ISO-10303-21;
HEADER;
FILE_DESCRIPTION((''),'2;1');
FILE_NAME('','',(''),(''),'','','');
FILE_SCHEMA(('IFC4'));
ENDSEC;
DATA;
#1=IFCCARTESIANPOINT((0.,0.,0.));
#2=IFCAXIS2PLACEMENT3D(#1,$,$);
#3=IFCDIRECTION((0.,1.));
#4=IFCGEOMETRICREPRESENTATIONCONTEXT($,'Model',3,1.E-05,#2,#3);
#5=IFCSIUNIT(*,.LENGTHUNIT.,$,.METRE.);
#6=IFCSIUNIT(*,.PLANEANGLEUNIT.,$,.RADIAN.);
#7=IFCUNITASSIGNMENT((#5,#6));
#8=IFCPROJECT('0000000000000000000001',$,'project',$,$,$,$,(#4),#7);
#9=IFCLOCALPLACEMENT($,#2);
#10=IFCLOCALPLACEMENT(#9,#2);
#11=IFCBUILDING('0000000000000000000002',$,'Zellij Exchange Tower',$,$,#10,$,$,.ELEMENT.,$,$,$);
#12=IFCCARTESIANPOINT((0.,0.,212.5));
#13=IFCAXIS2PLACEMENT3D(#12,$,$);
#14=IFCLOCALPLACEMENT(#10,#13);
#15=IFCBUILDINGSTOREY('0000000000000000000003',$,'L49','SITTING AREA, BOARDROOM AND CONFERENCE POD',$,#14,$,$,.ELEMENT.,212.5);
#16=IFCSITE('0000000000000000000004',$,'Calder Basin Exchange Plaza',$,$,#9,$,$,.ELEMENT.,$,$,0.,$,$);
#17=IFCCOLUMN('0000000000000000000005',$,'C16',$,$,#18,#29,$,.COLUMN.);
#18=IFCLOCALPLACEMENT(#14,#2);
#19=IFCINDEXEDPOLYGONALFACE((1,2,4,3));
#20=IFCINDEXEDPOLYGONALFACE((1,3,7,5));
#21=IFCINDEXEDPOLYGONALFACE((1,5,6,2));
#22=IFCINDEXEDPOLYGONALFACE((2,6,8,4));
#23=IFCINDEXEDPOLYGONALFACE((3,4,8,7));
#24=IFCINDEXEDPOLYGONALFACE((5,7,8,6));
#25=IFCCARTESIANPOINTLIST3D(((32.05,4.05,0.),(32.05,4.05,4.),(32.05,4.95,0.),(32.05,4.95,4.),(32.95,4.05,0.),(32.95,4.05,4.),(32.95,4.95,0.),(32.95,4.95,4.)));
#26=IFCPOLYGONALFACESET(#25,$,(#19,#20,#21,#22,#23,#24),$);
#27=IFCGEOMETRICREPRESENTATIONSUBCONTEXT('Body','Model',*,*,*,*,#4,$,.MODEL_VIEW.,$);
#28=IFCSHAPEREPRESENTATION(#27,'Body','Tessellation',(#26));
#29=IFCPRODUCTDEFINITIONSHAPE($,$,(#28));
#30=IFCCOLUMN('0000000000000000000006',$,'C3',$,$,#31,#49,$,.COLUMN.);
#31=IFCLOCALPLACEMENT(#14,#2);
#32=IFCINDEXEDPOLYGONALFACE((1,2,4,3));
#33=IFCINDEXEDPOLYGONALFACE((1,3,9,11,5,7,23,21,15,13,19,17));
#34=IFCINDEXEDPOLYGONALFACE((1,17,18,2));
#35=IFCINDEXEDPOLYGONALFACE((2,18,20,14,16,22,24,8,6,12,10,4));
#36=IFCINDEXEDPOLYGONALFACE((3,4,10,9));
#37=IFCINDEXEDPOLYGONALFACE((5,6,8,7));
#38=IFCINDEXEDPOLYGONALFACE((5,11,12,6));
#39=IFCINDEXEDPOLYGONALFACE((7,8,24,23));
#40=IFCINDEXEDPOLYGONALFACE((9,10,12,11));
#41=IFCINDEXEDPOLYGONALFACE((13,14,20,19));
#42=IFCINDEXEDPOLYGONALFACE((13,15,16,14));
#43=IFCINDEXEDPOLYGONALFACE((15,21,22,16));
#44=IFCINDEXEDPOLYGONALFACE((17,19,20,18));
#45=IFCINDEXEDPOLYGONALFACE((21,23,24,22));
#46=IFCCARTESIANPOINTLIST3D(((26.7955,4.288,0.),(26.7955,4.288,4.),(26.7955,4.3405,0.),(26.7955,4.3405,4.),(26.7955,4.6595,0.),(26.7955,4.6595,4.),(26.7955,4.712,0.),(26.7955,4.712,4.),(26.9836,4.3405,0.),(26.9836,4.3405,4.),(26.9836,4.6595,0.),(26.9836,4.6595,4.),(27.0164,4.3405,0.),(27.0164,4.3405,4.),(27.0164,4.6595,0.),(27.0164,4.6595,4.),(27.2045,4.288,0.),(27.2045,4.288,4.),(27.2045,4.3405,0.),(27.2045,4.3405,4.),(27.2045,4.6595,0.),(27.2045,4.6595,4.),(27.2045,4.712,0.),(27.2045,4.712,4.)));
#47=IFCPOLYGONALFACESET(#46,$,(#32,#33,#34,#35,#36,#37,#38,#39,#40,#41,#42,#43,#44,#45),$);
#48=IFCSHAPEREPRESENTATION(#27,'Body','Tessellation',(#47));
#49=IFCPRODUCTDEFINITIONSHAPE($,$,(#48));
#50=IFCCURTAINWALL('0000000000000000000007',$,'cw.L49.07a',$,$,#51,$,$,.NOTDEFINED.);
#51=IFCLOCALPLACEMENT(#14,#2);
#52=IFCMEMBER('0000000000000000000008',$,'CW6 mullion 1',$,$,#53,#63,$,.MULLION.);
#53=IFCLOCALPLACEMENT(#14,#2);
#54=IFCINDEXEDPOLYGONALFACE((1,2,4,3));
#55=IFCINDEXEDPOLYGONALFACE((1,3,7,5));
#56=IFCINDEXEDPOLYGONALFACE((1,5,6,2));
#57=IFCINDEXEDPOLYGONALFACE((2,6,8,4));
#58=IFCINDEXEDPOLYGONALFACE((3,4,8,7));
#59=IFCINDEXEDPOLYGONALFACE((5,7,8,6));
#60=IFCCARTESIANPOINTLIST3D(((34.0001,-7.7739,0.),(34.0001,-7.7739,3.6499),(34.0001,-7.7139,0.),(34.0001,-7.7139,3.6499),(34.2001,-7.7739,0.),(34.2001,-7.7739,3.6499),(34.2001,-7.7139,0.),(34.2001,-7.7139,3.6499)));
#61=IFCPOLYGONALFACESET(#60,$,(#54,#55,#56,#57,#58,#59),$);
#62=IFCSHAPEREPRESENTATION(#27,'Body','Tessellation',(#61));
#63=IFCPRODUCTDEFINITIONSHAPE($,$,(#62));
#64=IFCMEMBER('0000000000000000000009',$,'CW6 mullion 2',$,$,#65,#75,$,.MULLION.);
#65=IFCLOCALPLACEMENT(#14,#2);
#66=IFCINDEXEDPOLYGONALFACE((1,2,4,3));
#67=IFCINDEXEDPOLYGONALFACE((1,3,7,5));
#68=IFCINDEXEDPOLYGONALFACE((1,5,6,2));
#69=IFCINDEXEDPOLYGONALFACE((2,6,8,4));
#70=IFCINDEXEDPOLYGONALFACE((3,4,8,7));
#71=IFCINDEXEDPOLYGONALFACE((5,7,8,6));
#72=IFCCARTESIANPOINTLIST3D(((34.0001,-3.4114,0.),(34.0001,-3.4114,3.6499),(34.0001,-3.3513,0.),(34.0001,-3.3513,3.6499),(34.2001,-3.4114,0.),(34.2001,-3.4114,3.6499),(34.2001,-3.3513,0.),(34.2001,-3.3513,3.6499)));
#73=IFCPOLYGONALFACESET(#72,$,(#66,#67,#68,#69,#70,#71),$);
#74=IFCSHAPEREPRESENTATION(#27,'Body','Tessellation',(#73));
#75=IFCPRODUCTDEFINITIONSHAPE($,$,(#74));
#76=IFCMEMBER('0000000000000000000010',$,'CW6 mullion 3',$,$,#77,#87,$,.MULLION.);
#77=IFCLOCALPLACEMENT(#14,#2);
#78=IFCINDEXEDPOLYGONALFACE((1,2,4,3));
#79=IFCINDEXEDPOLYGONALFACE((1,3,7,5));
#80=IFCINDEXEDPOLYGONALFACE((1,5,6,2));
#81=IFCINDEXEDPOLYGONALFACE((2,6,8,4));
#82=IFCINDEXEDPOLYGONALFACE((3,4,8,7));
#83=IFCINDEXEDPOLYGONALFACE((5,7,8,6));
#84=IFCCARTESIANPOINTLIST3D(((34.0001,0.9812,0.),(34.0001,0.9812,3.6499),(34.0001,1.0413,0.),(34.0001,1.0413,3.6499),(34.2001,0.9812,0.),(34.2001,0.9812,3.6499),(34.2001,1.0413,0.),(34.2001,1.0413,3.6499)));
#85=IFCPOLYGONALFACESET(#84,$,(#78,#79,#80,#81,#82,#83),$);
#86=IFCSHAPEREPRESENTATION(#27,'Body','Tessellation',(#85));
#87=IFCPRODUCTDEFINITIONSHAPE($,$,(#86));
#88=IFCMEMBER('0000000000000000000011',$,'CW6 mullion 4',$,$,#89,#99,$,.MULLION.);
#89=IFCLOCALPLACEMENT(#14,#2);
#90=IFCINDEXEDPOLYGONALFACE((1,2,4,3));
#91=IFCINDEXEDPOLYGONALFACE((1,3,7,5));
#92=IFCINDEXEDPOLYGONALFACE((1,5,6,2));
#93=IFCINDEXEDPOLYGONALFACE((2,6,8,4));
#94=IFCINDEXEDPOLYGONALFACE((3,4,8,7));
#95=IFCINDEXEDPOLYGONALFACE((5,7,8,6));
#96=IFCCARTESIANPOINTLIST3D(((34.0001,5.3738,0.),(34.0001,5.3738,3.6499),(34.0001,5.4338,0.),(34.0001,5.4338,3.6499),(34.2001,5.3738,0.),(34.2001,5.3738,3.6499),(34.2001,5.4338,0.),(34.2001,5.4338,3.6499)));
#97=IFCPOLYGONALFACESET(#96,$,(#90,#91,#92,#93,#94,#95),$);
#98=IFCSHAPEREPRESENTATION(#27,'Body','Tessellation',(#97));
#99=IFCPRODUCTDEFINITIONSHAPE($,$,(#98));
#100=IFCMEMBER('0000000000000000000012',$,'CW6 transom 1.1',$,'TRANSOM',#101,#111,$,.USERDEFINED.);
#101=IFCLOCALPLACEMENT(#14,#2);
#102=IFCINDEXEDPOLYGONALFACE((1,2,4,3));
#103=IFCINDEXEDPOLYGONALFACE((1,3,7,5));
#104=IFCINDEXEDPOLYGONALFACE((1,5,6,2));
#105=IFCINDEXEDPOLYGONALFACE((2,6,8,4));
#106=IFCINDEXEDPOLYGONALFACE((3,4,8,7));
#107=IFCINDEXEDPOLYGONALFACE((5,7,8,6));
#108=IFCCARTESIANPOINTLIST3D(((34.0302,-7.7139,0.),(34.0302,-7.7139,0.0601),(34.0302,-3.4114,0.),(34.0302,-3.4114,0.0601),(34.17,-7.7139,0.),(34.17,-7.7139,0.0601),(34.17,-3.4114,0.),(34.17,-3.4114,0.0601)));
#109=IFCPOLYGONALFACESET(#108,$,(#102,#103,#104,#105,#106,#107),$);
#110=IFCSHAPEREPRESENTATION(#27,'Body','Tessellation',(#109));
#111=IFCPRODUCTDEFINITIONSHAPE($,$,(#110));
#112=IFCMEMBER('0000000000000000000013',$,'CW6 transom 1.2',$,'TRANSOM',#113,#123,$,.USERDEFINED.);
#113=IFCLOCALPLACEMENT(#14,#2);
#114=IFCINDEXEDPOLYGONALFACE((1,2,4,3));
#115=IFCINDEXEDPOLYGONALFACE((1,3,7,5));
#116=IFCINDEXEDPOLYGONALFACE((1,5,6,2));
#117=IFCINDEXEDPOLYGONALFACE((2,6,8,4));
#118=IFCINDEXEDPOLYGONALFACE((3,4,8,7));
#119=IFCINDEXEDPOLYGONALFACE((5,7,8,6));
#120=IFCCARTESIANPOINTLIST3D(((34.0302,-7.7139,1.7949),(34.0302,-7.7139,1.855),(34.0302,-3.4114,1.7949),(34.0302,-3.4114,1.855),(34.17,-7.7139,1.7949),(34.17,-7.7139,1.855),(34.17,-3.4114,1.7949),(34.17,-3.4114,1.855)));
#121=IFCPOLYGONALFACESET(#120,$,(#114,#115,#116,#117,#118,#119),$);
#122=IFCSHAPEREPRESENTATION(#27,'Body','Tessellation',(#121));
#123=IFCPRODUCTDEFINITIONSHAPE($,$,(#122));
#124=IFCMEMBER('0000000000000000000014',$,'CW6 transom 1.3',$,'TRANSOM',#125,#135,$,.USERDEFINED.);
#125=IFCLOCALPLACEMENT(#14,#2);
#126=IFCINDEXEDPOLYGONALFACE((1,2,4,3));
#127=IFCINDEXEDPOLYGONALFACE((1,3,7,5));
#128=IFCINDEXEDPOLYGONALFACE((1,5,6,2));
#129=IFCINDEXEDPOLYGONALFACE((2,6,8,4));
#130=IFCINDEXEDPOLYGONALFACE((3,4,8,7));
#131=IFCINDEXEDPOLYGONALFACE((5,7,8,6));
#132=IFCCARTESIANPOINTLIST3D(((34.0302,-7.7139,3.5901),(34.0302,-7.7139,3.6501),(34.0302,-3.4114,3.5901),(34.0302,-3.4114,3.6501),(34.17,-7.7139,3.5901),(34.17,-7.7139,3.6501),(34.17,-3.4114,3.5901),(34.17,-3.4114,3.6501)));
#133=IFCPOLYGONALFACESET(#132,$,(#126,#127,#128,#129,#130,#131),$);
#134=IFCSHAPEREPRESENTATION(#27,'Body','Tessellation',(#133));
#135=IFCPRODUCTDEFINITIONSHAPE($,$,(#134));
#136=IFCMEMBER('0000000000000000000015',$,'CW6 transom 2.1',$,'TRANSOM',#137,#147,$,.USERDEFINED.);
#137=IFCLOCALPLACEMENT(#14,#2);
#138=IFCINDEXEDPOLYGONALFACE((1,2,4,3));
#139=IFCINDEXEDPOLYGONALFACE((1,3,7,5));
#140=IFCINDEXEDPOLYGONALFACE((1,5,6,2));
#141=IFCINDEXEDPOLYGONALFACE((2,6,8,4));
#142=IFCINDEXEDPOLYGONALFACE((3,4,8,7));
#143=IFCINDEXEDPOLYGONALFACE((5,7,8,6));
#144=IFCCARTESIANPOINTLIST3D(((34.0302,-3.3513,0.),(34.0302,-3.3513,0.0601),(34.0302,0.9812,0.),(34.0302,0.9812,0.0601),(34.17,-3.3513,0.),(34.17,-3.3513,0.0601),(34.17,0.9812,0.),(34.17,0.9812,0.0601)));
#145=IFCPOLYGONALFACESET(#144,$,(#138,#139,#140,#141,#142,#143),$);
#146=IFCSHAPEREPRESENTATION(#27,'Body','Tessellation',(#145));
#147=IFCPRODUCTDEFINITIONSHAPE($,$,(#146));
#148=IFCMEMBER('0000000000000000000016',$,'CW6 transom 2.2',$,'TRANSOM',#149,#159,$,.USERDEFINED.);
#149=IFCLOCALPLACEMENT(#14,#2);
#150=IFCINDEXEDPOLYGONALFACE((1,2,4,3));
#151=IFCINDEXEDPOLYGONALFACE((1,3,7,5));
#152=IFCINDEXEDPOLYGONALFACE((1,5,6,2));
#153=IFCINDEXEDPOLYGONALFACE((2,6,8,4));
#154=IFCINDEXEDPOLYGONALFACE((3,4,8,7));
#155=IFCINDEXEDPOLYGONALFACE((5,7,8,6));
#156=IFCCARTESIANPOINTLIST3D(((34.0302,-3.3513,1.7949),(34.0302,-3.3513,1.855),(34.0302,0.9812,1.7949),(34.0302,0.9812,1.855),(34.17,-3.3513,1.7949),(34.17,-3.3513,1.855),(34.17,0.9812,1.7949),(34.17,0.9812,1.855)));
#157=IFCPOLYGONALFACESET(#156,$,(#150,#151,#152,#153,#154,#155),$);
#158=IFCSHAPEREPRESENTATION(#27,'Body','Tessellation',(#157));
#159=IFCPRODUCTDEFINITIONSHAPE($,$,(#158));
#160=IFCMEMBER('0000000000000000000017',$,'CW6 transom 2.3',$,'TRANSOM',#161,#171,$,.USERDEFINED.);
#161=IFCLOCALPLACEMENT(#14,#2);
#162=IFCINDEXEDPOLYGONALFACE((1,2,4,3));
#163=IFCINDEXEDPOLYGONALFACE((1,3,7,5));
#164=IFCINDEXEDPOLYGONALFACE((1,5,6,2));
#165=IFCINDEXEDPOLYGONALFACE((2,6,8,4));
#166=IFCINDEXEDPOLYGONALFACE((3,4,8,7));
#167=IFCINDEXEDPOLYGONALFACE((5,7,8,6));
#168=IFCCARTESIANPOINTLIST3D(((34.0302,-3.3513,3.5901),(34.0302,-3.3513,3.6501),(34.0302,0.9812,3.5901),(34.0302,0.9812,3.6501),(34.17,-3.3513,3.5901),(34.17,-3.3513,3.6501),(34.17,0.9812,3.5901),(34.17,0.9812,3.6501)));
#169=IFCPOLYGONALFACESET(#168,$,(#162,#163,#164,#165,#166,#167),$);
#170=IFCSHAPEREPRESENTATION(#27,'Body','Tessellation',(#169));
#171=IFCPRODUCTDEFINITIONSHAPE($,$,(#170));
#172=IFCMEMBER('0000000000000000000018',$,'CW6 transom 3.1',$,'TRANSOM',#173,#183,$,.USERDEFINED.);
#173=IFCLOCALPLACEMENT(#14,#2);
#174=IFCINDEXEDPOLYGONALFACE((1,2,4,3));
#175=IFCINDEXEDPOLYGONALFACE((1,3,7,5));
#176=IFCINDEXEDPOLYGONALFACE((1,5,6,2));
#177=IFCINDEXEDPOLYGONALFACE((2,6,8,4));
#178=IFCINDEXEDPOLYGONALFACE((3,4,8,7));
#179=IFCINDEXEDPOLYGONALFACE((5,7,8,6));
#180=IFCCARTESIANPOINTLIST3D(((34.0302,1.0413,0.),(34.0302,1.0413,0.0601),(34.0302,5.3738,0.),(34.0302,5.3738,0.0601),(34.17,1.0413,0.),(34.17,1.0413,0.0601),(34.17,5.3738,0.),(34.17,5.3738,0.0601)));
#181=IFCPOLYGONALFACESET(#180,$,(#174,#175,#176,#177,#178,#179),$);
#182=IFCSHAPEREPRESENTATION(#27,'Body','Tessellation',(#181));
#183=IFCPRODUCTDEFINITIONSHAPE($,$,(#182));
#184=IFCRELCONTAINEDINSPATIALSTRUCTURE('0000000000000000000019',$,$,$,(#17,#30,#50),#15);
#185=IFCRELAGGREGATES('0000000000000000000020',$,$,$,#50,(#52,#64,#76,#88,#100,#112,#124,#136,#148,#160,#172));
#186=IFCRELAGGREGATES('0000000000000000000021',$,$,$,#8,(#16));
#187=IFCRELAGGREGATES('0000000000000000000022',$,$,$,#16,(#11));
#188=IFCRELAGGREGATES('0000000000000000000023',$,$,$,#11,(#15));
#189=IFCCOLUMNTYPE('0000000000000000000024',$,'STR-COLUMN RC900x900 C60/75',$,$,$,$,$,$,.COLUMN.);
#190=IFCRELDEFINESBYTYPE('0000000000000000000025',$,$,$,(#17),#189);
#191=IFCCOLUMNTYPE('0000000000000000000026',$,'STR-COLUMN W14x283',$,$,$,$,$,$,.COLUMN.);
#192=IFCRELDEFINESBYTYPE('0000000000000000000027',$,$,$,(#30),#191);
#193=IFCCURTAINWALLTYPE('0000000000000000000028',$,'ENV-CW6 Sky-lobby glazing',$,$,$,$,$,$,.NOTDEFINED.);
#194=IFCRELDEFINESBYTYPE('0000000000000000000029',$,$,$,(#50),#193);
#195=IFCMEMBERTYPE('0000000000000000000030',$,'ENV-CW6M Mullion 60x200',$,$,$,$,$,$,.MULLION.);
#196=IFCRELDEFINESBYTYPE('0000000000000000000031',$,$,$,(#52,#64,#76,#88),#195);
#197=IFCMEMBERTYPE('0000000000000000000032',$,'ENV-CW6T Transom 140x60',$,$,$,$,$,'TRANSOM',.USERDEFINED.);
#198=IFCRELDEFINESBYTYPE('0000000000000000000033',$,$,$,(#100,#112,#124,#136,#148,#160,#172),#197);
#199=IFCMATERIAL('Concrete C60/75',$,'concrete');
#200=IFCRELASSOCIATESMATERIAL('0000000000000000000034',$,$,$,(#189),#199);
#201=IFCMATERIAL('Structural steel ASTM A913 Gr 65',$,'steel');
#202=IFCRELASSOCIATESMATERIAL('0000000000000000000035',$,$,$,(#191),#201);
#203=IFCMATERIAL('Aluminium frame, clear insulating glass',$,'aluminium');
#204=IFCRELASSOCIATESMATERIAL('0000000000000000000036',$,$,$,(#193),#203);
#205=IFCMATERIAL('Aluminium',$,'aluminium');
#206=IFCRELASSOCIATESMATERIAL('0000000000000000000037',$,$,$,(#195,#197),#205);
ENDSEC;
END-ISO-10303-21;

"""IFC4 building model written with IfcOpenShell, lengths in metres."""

from ifc_helpers import new_model, si_unit, direction, frame, origin, origin_2d, place, context, subcontext, project, spatial, rectangle, i_section, extrude, material, material_profile, profile_set, type_object, element, aggregate, save


model = new_model("IFC4")

# Units and contexts
model_context = context("Model", 3, precision=1e-05, world=origin(), true_north=direction((0.0, 1.0)))
body_context = subcontext(model_context, "Body", "Model", "MODEL_VIEW")
ifc_project = project(units=[si_unit("LENGTHUNIT", "METRE"), si_unit("PLANEANGLEUNIT", "RADIAN")], contexts=[model_context])

# Site, building, storey
site_placement = place(None, origin())
site = spatial("IfcSite", under=ifc_project, at=site_placement, Name="Calder Basin Exchange Plaza", CompositionType="ELEMENT", RefElevation=0.0)
building_placement = place(site_placement, origin())
building = spatial("IfcBuilding", under=site, at=building_placement, Name="Zellij Exchange Tower", CompositionType="ELEMENT")
storey_placement = place(building_placement, frame((0.0, 0.0, 212.5)))
storey = spatial("IfcBuildingStorey", under=building, at=storey_placement, Name="L49", Description="SITTING AREA, BOARDROOM AND CONFERENCE POD", CompositionType="ELEMENT", Elevation=212.5)

# Columns
ifc_material_1 = material(Name="Concrete C60/75", Category="concrete")
ifc_material_profile_1 = material_profile(ifc_material_1, rectangle(XDim=0.8999, YDim=0.8999, at=origin_2d()), Name="STR-COLUMN RC900x900 C60/75")
ifc_profile_set_1 = profile_set([ifc_material_profile_1], Name="Concrete C60/75")
column_type_1 = type_object("IfcColumnType", Name="STR-COLUMN RC900x900 C60/75", PredefinedType="COLUMN", material=ifc_profile_set_1)
column_1_placement = place(storey_placement, frame((32.5, 4.5, 0.0), z_axis=(0.0, 0.0, 1.0), x_axis=(1.0, 0.0, 0.0)))
element("IfcColumn", 1, at=column_1_placement, inside=storey, type_object=column_type_1, Name="C16", PredefinedType="COLUMN", context=body_context, shape_type="SweptSolid", body=[
    extrude(rectangle(XDim=0.8999, YDim=0.8999, at=origin_2d()), origin(), (0.0, 0.0, 1.0), 4.0),
])
ifc_material_2 = material(Name="Structural steel ASTM A913 Gr 65", Category="steel")
ifc_material_profile_2 = material_profile(ifc_material_2, i_section(OverallWidth=0.4089, OverallDepth=0.4241, WebThickness=0.0327, FlangeThickness=0.0525, at=origin_2d()), Name="W14x283")
ifc_profile_set_2 = profile_set([ifc_material_profile_2], Name="Structural steel ASTM A913 Gr 65")
column_type_2 = type_object("IfcColumnType", Name="STR-COLUMN W14x283", PredefinedType="COLUMN", material=ifc_profile_set_2)
column_2_placement = place(storey_placement, frame((27.0, 4.5, 0.0), z_axis=(0.0, 0.0, 1.0), x_axis=(1.0, 0.0, 0.0)))
element("IfcColumn", 2, at=column_2_placement, inside=storey, type_object=column_type_2, Name="C3", PredefinedType="COLUMN", context=body_context, shape_type="SweptSolid", body=[
    extrude(i_section(OverallWidth=0.4089, OverallDepth=0.4241, WebThickness=0.0327, FlangeThickness=0.0525, at=origin_2d()), origin(), (0.0, 0.0, 1.0), 4.0),
])

# Curtain wall, members
ifc_material_3 = material(Name="Aluminium frame, clear insulating glass", Category="aluminium")
curtain_wall_type = type_object("IfcCurtainWallType", Name="ENV-CW6 Sky-lobby glazing", PredefinedType="NOTDEFINED", material=ifc_material_3)
curtain_wall_placement = place(storey_placement, origin())
curtain_wall = element("IfcCurtainWall", 3, at=curtain_wall_placement, inside=storey, type_object=curtain_wall_type, Name="cw.L49.07a", PredefinedType="NOTDEFINED")
ifc_material_4 = material(Name="Aluminium", Category="aluminium")
ifc_material_profile_3 = material_profile(ifc_material_4, rectangle(XDim=0.0601, YDim=0.2, at=origin_2d()), Name="AL 60x200")
ifc_profile_set_3 = profile_set([ifc_material_profile_3], Name="Aluminium")
member_type_1 = type_object("IfcMemberType", Name="ENV-CW6M Mullion 60x200", PredefinedType="MULLION", material=ifc_profile_set_3)
member_1_placement = place(storey_placement, frame((34.1001, -7.7439, 0.0), z_axis=(0.0, 0.0, 1.0), x_axis=(0.0, 1.0, 0.0)))
member_1 = element("IfcMember", 4, at=member_1_placement, type_object=member_type_1, Name="CW6 mullion 1", PredefinedType="MULLION", context=body_context, shape_type="SweptSolid", body=[
    extrude(rectangle(XDim=0.0601, YDim=0.2, at=origin_2d()), origin(), (0.0, 0.0, 1.0), 3.6499),
])
member_2_placement = place(storey_placement, frame((34.1001, -3.3813, 0.0), z_axis=(0.0, 0.0, 1.0), x_axis=(0.0, 1.0, 0.0)))
member_2 = element("IfcMember", 5, at=member_2_placement, type_object=member_type_1, Name="CW6 mullion 2", PredefinedType="MULLION", context=body_context, shape_type="SweptSolid", body=[
    extrude(rectangle(XDim=0.0601, YDim=0.2, at=origin_2d()), origin(), (0.0, 0.0, 1.0), 3.6499),
])
member_3_placement = place(storey_placement, frame((34.1001, 1.0112, 0.0), z_axis=(0.0, 0.0, 1.0), x_axis=(0.0, 1.0, 0.0)))
member_3 = element("IfcMember", 6, at=member_3_placement, type_object=member_type_1, Name="CW6 mullion 3", PredefinedType="MULLION", context=body_context, shape_type="SweptSolid", body=[
    extrude(rectangle(XDim=0.0601, YDim=0.2, at=origin_2d()), origin(), (0.0, 0.0, 1.0), 3.6499),
])
member_4_placement = place(storey_placement, frame((34.1001, 5.4038, 0.0), z_axis=(0.0, 0.0, 1.0), x_axis=(0.0, 1.0, 0.0)))
member_4 = element("IfcMember", 7, at=member_4_placement, type_object=member_type_1, Name="CW6 mullion 4", PredefinedType="MULLION", context=body_context, shape_type="SweptSolid", body=[
    extrude(rectangle(XDim=0.0601, YDim=0.2, at=origin_2d()), origin(), (0.0, 0.0, 1.0), 3.6499),
])
ifc_material_profile_4 = material_profile(ifc_material_4, rectangle(XDim=0.1399, YDim=0.0601, at=origin_2d()), Name="AL 140x60")
ifc_profile_set_4 = profile_set([ifc_material_profile_4], Name="Aluminium")
member_type_2 = type_object("IfcMemberType", Name="ENV-CW6T Transom 140x60", ElementType="TRANSOM", PredefinedType="USERDEFINED", material=ifc_profile_set_4)
member_5_placement = place(storey_placement, frame((34.1001, -7.7139, 0.03), z_axis=(0.0, 1.0, 0.0), x_axis=(-1.0, 0.0, 0.0)))
member_5 = element("IfcMember", 8, at=member_5_placement, type_object=member_type_2, Name="CW6 transom 1.1", ObjectType="TRANSOM", PredefinedType="USERDEFINED", context=body_context, shape_type="SweptSolid", body=[
    extrude(rectangle(XDim=0.1399, YDim=0.0601, at=origin_2d()), origin(), (0.0, 0.0, 1.0), 4.3025),
])
member_6_placement = place(storey_placement, frame((34.1001, -7.7139, 1.825), z_axis=(0.0, 1.0, 0.0), x_axis=(-1.0, 0.0, 0.0)))
member_6 = element("IfcMember", 9, at=member_6_placement, type_object=member_type_2, Name="CW6 transom 1.2", ObjectType="TRANSOM", PredefinedType="USERDEFINED", context=body_context, shape_type="SweptSolid", body=[
    extrude(rectangle(XDim=0.1399, YDim=0.0601, at=origin_2d()), origin(), (0.0, 0.0, 1.0), 4.3025),
])
member_7_placement = place(storey_placement, frame((34.1001, -7.7139, 3.6201), z_axis=(0.0, 1.0, 0.0), x_axis=(-1.0, 0.0, 0.0)))
member_7 = element("IfcMember", 10, at=member_7_placement, type_object=member_type_2, Name="CW6 transom 1.3", ObjectType="TRANSOM", PredefinedType="USERDEFINED", context=body_context, shape_type="SweptSolid", body=[
    extrude(rectangle(XDim=0.1399, YDim=0.0601, at=origin_2d()), origin(), (0.0, 0.0, 1.0), 4.3025),
])
member_8_placement = place(storey_placement, frame((34.1001, -3.3513, 0.03), z_axis=(0.0, 1.0, 0.0), x_axis=(-1.0, 0.0, 0.0)))
member_8 = element("IfcMember", 11, at=member_8_placement, type_object=member_type_2, Name="CW6 transom 2.1", ObjectType="TRANSOM", PredefinedType="USERDEFINED", context=body_context, shape_type="SweptSolid", body=[
    extrude(rectangle(XDim=0.1399, YDim=0.0601, at=origin_2d()), origin(), (0.0, 0.0, 1.0), 4.3325),
])
member_9_placement = place(storey_placement, frame((34.1001, -3.3513, 1.825), z_axis=(0.0, 1.0, 0.0), x_axis=(-1.0, 0.0, 0.0)))
member_9 = element("IfcMember", 12, at=member_9_placement, type_object=member_type_2, Name="CW6 transom 2.2", ObjectType="TRANSOM", PredefinedType="USERDEFINED", context=body_context, shape_type="SweptSolid", body=[
    extrude(rectangle(XDim=0.1399, YDim=0.0601, at=origin_2d()), origin(), (0.0, 0.0, 1.0), 4.3325),
])
member_10_placement = place(storey_placement, frame((34.1001, -3.3513, 3.6201), z_axis=(0.0, 1.0, 0.0), x_axis=(-1.0, 0.0, 0.0)))
member_10 = element("IfcMember", 13, at=member_10_placement, type_object=member_type_2, Name="CW6 transom 2.3", ObjectType="TRANSOM", PredefinedType="USERDEFINED", context=body_context, shape_type="SweptSolid", body=[
    extrude(rectangle(XDim=0.1399, YDim=0.0601, at=origin_2d()), origin(), (0.0, 0.0, 1.0), 4.3325),
])
member_11_placement = place(storey_placement, frame((34.1001, 1.0413, 0.03), z_axis=(0.0, 1.0, 0.0), x_axis=(-1.0, 0.0, 0.0)))
member_11 = element("IfcMember", 14, at=member_11_placement, type_object=member_type_2, Name="CW6 transom 3.1", ObjectType="TRANSOM", PredefinedType="USERDEFINED", context=body_context, shape_type="SweptSolid", body=[
    extrude(rectangle(XDim=0.1399, YDim=0.0601, at=origin_2d()), origin(), (0.0, 0.0, 1.0), 4.3325),
])

aggregate(curtain_wall, [member_1, member_2, member_3, member_4, member_5, member_6, member_7, member_8, member_9, member_10, member_11])

save(model, "model.ifc")
